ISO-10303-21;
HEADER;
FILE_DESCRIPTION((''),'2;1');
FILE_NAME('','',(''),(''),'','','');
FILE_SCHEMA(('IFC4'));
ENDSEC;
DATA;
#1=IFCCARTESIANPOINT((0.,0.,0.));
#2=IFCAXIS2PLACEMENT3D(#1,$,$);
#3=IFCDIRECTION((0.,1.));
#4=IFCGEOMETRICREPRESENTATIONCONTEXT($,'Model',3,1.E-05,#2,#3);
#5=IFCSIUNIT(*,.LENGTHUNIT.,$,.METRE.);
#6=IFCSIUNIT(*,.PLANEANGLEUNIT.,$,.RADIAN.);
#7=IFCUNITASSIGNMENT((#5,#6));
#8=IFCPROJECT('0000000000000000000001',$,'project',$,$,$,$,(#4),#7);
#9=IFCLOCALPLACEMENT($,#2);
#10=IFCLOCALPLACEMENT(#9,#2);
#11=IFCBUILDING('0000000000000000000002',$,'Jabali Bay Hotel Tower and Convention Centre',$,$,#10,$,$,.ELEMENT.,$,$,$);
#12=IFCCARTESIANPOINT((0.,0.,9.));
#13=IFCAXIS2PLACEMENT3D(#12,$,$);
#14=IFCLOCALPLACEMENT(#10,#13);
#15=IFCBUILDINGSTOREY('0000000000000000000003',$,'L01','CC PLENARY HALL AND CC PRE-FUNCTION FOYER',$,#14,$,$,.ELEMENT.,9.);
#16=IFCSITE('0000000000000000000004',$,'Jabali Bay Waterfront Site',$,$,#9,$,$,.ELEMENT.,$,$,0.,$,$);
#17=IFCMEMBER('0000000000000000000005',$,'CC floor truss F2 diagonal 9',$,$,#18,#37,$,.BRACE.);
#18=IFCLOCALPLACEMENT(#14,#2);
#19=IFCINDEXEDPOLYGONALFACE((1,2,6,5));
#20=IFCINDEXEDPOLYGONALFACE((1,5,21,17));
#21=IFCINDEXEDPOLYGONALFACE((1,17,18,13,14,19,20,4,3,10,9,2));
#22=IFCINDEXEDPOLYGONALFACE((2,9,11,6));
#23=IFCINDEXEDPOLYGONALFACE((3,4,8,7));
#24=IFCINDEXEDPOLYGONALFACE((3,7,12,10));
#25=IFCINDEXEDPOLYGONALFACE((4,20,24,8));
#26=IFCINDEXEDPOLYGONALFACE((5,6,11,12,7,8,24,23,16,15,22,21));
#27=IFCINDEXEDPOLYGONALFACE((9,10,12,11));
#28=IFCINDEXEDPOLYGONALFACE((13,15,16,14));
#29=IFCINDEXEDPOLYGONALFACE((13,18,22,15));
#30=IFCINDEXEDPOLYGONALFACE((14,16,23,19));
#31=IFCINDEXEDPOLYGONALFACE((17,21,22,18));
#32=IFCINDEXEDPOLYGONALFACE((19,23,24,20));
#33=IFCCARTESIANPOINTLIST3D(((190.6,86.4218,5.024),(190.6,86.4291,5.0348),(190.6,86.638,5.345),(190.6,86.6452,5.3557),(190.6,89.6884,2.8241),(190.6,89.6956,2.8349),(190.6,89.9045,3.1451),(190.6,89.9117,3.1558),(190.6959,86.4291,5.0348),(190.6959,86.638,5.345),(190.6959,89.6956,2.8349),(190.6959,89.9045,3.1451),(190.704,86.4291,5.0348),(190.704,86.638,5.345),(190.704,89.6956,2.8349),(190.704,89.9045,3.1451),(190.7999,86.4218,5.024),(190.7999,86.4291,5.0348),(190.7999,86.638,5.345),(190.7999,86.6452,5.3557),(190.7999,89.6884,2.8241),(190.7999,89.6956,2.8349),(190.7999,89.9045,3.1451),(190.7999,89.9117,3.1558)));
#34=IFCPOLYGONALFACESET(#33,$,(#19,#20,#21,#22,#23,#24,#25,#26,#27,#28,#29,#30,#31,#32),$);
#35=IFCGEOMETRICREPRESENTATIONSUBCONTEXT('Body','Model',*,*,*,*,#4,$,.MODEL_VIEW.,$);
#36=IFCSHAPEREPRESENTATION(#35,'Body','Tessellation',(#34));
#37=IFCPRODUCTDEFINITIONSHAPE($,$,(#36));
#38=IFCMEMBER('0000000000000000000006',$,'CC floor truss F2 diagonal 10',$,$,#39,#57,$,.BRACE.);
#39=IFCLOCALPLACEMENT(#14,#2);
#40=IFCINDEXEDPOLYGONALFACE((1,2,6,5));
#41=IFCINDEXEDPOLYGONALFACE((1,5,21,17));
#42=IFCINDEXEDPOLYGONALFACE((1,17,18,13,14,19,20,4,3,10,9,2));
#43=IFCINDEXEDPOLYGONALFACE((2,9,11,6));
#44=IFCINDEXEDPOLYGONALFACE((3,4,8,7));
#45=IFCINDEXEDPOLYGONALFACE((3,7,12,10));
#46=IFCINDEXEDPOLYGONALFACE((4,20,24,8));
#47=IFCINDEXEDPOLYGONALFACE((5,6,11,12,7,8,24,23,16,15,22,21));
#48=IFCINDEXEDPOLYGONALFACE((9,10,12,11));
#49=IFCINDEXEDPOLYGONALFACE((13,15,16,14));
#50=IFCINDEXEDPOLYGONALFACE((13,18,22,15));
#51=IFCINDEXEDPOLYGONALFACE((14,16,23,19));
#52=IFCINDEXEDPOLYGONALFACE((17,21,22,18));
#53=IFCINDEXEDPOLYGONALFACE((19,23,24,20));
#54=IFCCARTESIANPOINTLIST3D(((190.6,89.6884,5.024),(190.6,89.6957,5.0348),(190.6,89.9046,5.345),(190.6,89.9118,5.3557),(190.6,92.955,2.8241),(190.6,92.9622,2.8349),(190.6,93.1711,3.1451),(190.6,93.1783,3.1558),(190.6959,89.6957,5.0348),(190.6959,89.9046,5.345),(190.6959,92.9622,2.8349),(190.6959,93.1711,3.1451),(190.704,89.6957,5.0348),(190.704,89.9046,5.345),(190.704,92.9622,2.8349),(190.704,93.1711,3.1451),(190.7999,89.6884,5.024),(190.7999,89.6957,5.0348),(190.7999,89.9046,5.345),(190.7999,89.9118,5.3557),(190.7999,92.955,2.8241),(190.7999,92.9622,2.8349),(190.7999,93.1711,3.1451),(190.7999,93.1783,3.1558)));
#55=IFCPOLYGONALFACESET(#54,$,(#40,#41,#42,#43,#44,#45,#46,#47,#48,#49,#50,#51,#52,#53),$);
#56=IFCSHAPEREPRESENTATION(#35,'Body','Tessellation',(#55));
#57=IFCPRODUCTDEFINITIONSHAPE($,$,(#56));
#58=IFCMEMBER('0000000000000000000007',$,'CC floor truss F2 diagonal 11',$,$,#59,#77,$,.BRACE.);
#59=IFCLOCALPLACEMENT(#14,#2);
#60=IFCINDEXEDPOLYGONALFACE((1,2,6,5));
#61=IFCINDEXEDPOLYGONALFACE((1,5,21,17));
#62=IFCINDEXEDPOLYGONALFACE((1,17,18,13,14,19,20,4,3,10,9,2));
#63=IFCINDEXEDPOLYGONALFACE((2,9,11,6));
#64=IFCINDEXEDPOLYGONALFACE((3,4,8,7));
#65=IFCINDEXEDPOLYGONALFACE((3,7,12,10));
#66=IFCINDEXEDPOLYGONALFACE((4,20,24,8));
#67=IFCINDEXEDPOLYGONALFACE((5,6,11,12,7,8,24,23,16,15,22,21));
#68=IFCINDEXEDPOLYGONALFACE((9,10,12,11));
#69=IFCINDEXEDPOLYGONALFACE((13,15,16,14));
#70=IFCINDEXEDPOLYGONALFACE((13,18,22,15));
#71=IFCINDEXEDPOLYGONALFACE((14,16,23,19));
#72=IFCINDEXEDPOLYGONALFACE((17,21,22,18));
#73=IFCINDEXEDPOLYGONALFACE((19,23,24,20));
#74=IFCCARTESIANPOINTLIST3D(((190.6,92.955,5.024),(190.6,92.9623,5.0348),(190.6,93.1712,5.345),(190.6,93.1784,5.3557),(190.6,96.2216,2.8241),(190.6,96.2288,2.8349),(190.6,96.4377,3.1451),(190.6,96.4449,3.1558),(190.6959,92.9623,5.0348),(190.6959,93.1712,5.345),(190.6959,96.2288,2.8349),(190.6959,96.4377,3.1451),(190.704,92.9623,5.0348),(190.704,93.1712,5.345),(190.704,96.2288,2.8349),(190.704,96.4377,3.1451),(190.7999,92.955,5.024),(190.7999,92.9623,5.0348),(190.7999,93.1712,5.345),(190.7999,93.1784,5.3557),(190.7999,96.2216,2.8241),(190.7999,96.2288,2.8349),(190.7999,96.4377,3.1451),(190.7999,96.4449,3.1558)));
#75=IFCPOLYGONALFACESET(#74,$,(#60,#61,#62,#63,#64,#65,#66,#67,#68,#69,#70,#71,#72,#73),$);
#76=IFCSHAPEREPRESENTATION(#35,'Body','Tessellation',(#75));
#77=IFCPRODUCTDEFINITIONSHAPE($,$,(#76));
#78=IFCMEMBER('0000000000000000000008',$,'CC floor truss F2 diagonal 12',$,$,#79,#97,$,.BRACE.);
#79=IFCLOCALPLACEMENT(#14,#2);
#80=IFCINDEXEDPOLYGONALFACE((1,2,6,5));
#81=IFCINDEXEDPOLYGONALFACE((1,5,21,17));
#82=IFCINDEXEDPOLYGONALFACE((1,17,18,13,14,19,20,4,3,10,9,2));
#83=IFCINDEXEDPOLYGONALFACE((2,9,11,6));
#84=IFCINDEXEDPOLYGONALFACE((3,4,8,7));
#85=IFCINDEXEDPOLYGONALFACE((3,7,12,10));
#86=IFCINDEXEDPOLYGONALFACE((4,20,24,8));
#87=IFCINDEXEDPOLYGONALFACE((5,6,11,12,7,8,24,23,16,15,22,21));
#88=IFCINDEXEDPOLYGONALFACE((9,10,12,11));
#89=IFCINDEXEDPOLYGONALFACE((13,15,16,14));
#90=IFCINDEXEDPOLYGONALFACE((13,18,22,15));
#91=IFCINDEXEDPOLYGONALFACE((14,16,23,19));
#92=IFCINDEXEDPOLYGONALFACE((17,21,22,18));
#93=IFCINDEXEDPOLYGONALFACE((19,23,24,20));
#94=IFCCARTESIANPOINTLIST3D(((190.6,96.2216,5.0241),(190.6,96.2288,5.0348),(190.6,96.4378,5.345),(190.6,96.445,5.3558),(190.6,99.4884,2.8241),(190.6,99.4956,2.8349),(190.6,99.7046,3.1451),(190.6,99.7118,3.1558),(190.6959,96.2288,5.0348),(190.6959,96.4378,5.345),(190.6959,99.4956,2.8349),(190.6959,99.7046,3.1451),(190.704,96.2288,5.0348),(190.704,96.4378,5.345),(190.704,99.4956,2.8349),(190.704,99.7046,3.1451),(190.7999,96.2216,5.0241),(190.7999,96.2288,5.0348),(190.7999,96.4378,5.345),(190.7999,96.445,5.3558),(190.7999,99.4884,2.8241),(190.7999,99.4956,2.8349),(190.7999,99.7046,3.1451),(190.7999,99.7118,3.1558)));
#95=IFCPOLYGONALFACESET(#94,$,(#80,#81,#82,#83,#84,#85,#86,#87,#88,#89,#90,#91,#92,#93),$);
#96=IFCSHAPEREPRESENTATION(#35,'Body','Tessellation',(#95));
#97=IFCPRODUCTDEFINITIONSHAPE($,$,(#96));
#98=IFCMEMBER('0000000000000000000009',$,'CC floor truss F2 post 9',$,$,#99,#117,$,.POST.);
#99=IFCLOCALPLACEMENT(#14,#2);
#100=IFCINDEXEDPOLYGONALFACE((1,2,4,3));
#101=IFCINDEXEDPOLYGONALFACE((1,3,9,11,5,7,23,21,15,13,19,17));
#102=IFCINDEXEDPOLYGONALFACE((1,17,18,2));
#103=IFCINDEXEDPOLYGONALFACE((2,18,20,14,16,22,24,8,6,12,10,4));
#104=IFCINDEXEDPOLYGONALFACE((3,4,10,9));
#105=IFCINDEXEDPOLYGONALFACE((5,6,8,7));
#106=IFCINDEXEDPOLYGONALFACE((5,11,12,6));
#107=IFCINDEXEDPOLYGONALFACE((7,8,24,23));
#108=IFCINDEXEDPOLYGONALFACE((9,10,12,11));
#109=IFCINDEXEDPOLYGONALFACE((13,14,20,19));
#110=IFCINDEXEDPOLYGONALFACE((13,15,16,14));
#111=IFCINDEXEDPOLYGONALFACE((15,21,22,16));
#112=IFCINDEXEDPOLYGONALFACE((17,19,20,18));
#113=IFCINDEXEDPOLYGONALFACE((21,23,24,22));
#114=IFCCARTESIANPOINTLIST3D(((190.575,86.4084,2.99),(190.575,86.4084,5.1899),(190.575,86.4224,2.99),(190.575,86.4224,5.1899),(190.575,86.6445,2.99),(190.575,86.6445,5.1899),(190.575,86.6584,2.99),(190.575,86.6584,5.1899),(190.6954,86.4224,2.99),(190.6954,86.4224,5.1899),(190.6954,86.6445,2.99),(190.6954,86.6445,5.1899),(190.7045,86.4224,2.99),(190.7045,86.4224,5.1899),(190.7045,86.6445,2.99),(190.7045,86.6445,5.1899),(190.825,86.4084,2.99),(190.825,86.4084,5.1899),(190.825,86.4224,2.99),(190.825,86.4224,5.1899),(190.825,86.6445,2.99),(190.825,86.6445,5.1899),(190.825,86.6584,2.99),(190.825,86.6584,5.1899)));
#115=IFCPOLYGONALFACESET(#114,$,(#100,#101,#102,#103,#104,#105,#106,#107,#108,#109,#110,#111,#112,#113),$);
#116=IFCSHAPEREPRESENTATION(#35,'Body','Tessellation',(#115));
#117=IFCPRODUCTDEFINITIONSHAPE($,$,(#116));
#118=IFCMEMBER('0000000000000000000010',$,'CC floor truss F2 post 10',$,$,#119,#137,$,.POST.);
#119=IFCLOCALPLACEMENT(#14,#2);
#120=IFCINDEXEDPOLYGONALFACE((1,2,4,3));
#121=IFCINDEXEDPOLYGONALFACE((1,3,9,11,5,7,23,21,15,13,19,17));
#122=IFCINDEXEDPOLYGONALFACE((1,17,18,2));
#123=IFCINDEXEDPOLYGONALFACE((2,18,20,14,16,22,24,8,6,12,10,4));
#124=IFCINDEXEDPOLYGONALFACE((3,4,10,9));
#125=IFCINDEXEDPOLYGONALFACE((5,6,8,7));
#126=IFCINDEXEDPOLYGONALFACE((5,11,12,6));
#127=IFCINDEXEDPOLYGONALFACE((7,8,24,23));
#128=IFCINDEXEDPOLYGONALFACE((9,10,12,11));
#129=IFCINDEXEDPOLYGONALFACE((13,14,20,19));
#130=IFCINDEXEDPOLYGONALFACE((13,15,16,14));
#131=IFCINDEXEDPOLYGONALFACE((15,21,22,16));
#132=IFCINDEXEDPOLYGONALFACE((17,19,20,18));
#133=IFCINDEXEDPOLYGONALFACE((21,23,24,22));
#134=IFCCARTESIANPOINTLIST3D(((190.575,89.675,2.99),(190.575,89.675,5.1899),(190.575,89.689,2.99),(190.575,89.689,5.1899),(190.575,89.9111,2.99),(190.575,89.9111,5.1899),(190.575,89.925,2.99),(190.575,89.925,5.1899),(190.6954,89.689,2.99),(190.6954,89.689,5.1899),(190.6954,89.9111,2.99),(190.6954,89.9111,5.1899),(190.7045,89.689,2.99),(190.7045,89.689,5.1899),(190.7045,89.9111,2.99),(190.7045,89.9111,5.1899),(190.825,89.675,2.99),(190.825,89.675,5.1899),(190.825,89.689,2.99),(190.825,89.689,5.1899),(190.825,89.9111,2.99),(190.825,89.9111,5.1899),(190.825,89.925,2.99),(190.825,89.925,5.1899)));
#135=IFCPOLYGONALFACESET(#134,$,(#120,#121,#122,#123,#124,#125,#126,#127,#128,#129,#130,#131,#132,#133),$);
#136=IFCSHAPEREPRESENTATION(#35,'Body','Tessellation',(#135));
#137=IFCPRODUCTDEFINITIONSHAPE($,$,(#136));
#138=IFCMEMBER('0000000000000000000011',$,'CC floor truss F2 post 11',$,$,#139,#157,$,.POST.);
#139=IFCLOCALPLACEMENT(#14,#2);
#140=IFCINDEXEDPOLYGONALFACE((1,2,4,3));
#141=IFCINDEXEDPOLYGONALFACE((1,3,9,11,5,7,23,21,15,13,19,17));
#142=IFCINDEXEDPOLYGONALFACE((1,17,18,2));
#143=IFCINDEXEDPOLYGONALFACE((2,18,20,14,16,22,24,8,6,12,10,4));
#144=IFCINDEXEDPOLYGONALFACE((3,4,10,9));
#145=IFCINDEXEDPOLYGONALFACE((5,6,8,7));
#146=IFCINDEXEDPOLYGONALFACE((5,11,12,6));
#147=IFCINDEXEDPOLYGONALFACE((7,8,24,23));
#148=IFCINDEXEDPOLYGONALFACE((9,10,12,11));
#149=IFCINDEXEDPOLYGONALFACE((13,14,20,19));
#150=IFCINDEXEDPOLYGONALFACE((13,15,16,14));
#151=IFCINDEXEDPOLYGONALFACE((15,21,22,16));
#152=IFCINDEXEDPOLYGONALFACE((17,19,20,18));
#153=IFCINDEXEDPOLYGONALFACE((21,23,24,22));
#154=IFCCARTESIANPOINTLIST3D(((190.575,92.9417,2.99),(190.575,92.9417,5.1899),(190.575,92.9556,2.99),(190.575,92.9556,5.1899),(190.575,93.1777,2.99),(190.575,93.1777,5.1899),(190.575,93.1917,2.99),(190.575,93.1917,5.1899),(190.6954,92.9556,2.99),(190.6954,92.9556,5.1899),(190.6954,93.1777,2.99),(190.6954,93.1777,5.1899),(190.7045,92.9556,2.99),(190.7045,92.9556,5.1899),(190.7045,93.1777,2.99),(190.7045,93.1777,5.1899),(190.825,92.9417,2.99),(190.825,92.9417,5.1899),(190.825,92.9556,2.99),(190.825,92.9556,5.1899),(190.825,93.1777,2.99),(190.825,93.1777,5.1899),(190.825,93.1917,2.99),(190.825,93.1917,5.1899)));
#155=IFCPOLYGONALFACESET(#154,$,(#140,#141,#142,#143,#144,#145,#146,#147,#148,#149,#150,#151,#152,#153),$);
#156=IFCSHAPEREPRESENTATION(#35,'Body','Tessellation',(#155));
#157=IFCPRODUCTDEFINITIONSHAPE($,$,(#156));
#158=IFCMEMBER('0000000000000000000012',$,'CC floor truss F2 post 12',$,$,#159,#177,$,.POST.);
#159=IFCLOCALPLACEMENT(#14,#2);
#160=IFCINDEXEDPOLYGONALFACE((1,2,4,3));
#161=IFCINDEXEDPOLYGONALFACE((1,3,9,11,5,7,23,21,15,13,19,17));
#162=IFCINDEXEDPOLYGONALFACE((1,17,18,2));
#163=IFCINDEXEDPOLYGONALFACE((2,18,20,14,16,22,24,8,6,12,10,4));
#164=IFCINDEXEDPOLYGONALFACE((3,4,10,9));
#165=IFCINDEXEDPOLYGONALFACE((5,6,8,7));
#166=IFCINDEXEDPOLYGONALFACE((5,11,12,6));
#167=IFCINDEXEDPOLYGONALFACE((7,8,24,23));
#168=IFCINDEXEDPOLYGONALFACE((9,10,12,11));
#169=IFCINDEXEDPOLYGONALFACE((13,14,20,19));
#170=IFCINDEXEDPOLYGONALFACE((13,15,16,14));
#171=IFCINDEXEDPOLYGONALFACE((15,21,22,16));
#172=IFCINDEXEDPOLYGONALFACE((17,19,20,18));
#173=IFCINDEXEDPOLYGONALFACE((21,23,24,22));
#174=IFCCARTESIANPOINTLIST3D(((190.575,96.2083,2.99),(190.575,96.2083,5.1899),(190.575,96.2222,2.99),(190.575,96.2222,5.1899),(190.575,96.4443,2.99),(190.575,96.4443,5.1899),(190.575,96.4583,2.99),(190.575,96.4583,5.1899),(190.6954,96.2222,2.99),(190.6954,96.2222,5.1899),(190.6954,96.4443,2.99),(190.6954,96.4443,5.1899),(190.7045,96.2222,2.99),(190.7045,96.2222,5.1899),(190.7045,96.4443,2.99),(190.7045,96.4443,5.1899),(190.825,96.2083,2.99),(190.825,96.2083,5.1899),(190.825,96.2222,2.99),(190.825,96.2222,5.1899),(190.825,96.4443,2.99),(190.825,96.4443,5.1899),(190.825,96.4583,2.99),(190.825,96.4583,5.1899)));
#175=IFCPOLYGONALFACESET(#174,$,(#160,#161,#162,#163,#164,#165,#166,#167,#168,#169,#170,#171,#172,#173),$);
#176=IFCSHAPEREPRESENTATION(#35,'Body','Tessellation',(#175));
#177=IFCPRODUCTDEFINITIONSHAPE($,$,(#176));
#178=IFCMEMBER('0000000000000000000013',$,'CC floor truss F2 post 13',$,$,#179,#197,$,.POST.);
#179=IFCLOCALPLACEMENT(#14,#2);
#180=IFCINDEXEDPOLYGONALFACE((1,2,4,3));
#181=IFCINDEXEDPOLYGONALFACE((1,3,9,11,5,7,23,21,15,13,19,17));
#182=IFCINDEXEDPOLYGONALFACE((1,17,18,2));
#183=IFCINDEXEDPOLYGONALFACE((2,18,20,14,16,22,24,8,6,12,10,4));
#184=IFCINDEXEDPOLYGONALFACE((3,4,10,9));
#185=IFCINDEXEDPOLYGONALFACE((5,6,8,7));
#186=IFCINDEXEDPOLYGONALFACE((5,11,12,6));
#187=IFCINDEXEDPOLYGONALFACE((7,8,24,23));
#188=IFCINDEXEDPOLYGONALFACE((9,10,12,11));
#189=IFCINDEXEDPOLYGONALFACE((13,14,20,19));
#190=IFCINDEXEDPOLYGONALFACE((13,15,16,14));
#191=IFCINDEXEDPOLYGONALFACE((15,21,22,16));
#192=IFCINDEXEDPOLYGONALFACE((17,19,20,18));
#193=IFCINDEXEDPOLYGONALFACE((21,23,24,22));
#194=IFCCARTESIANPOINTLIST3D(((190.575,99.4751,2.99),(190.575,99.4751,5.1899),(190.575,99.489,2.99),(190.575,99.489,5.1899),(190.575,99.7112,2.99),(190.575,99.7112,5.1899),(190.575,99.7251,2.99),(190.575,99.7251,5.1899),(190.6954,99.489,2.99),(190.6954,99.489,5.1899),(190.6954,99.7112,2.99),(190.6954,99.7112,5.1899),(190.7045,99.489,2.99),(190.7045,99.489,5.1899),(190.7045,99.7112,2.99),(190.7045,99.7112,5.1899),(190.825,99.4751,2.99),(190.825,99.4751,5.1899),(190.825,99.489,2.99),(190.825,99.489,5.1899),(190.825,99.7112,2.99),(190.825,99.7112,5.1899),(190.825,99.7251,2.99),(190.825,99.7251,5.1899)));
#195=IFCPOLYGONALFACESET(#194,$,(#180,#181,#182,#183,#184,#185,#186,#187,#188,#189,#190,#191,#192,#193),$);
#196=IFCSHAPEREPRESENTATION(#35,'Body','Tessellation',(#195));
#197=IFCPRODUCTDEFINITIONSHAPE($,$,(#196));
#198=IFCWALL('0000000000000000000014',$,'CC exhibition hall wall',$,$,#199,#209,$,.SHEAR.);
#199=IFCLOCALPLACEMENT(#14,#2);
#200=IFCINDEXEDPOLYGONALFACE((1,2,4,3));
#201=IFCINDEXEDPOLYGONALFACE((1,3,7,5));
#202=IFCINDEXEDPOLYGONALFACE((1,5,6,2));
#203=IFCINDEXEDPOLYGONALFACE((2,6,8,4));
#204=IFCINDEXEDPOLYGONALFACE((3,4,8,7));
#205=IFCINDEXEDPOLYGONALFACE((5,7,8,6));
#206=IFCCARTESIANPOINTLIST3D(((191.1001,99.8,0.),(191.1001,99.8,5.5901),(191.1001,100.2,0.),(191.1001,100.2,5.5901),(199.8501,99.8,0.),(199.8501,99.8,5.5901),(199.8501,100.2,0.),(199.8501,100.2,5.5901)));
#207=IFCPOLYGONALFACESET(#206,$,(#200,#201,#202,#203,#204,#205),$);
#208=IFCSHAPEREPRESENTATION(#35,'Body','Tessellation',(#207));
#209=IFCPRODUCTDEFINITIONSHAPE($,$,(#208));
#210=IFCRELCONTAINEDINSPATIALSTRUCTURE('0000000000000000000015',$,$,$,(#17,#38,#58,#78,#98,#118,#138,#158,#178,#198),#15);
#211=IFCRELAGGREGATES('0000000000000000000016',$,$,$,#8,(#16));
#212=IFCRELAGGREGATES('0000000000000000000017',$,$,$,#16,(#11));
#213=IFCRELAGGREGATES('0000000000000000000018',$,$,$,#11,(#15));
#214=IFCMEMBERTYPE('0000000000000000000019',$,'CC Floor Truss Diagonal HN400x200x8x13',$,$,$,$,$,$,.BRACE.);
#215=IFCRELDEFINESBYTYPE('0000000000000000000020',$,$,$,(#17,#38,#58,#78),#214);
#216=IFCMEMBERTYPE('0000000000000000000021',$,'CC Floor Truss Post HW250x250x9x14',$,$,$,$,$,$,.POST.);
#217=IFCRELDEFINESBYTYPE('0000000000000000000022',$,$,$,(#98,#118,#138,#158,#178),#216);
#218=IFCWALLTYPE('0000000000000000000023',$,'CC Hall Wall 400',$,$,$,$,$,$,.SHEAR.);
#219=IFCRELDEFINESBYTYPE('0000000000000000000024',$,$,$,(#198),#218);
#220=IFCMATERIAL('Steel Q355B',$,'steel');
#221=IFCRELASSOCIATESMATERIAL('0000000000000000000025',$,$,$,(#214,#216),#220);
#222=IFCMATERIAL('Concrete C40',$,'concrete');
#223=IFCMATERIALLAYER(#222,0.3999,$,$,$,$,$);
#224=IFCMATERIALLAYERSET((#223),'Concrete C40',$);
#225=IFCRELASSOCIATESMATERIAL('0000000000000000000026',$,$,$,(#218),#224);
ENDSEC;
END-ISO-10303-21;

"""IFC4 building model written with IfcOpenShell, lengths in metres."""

from ifc_helpers import new_model, si_unit, direction, frame, frame_2d, origin, origin_2d, place, context, subcontext, project, spatial, rectangle, i_section, extrude, material, layer, layer_set, material_profile, profile_set, type_object, element, save


model = new_model("IFC4")

# Units and contexts
model_context = context("Model", 3, precision=1e-05, world=origin(), true_north=direction((0.0, 1.0)))
body_context = subcontext(model_context, "Body", "Model", "MODEL_VIEW")
ifc_project = project(units=[si_unit("LENGTHUNIT", "METRE"), si_unit("PLANEANGLEUNIT", "RADIAN")], contexts=[model_context])

# Site, building, storey
site_placement = place(None, origin())
site = spatial("IfcSite", under=ifc_project, at=site_placement, Name="Jabali Bay Waterfront Site", CompositionType="ELEMENT", RefElevation=0.0)
building_placement = place(site_placement, origin())
building = spatial("IfcBuilding", under=site, at=building_placement, Name="Jabali Bay Hotel Tower and Convention Centre", CompositionType="ELEMENT")
storey_placement = place(building_placement, frame((0.0, 0.0, 9.0)))
storey = spatial("IfcBuildingStorey", under=building, at=storey_placement, Name="L01", Description="CC PLENARY HALL AND CC PRE-FUNCTION FOYER", CompositionType="ELEMENT", Elevation=9.0)

# Members
ifc_material_1 = material(Name="Steel Q355B", Category="steel")
ifc_material_profile_1 = material_profile(ifc_material_1, i_section(OverallWidth=0.2, OverallDepth=0.3999, WebThickness=0.0081, FlangeThickness=0.0129, at=origin_2d()), Name="HN400x200x8x13")
ifc_profile_set_1 = profile_set([ifc_material_profile_1], Name="Steel Q355B")
member_type_1 = type_object("IfcMemberType", Name="CC Floor Truss Diagonal HN400x200x8x13", PredefinedType="BRACE", material=ifc_profile_set_1)
for number, where, z_axis, x_axis, name in (
    (1, (190.7, 89.8, 2.99), (0.0, -0.829438, 0.5586), (1.0, 0.0, 0.0), "CC floor truss F2 diagonal 9"),
    (2, (190.7, 93.0667, 2.99), (0.0, -0.829438, 0.5586), (1.0, 0.0, 0.0), "CC floor truss F2 diagonal 10"),
    (3, (190.7, 96.3333, 2.99), (0.0, -0.829438, 0.5586), (1.0, 0.0, 0.0), "CC floor truss F2 diagonal 11"),
):
    element("IfcMember", number, at=place(storey_placement, frame(where, z_axis=z_axis, x_axis=x_axis)), inside=storey, type_object=member_type_1, Name=name, PredefinedType="BRACE", context=body_context, shape_type="SweptSolid", body=[
        extrude(i_section(OverallWidth=0.2, OverallDepth=0.3999, WebThickness=0.0081, FlangeThickness=0.0129, at=origin_2d()), origin(), (0.0, 0.0, 1.0), 3.9382),
    ])
member_1_placement = place(storey_placement, frame((190.7, 99.6001, 2.99), z_axis=(0.0, -0.829457, 0.558571), x_axis=(1.0, 0.0, 0.0)))
element("IfcMember", 4, at=member_1_placement, inside=storey, type_object=member_type_1, Name="CC floor truss F2 diagonal 12", PredefinedType="BRACE", context=body_context, shape_type="SweptSolid", body=[
    extrude(i_section(OverallWidth=0.2, OverallDepth=0.3999, WebThickness=0.0081, FlangeThickness=0.0129, at=origin_2d()), origin(), (0.0, 0.0, 1.0), 3.9385),
])
ifc_material_profile_2 = material_profile(ifc_material_1, i_section(OverallWidth=0.25, OverallDepth=0.25, WebThickness=0.009, FlangeThickness=0.0139, at=origin_2d()), Name="HW250x250x9x14")
ifc_profile_set_2 = profile_set([ifc_material_profile_2], Name="Steel Q355B")
member_type_2 = type_object("IfcMemberType", Name="CC Floor Truss Post HW250x250x9x14", PredefinedType="POST", material=ifc_profile_set_2)
for number, where, z_axis, x_axis, name in (
    (5, (190.7, 86.5334, 2.99), (0.0, 0.0, 1.0), (1.0, 0.0, 0.0), "CC floor truss F2 post 9"),
    (6, (190.7, 89.8, 2.99), (0.0, 0.0, 1.0), (1.0, 0.0, 0.0), "CC floor truss F2 post 10"),
    (7, (190.7, 93.0667, 2.99), (0.0, 0.0, 1.0), (1.0, 0.0, 0.0), "CC floor truss F2 post 11"),
    (8, (190.7, 96.3333, 2.99), (0.0, 0.0, 1.0), (1.0, 0.0, 0.0), "CC floor truss F2 post 12"),
    (9, (190.7, 99.6001, 2.99), (0.0, 0.0, 1.0), (1.0, 0.0, 0.0), "CC floor truss F2 post 13"),
):
    element("IfcMember", number, at=place(storey_placement, frame(where, z_axis=z_axis, x_axis=x_axis)), inside=storey, type_object=member_type_2, Name=name, PredefinedType="POST", context=body_context, shape_type="SweptSolid", body=[
        extrude(i_section(OverallWidth=0.25, OverallDepth=0.25, WebThickness=0.009, FlangeThickness=0.0139, at=origin_2d()), origin(), (0.0, 0.0, 1.0), 2.2),
    ])

# Wall
ifc_material_2 = material(Name="Concrete C40", Category="concrete")
ifc_layer_1 = layer(ifc_material_2, 0.3999)
ifc_layer_set_1 = layer_set([ifc_layer_1], Name="Concrete C40")
wall_type_1 = type_object("IfcWallType", Name="CC Hall Wall 400", PredefinedType="SHEAR", material=ifc_layer_set_1)
wall_1_placement = place(storey_placement, frame((191.1001, 100.0, 0.0), z_axis=(0.0, 0.0, 1.0), x_axis=(1.0, 0.0, 0.0)))
element("IfcWall", 10, at=wall_1_placement, inside=storey, type_object=wall_type_1, Name="CC exhibition hall wall", PredefinedType="SHEAR", context=body_context, shape_type="SweptSolid", body=[
    extrude(rectangle(XDim=8.75, YDim=0.3999, at=frame_2d((4.375, 0.0))), origin(), (0.0, 0.0, 1.0), 5.5901),
])

save(model, "model.ifc")
